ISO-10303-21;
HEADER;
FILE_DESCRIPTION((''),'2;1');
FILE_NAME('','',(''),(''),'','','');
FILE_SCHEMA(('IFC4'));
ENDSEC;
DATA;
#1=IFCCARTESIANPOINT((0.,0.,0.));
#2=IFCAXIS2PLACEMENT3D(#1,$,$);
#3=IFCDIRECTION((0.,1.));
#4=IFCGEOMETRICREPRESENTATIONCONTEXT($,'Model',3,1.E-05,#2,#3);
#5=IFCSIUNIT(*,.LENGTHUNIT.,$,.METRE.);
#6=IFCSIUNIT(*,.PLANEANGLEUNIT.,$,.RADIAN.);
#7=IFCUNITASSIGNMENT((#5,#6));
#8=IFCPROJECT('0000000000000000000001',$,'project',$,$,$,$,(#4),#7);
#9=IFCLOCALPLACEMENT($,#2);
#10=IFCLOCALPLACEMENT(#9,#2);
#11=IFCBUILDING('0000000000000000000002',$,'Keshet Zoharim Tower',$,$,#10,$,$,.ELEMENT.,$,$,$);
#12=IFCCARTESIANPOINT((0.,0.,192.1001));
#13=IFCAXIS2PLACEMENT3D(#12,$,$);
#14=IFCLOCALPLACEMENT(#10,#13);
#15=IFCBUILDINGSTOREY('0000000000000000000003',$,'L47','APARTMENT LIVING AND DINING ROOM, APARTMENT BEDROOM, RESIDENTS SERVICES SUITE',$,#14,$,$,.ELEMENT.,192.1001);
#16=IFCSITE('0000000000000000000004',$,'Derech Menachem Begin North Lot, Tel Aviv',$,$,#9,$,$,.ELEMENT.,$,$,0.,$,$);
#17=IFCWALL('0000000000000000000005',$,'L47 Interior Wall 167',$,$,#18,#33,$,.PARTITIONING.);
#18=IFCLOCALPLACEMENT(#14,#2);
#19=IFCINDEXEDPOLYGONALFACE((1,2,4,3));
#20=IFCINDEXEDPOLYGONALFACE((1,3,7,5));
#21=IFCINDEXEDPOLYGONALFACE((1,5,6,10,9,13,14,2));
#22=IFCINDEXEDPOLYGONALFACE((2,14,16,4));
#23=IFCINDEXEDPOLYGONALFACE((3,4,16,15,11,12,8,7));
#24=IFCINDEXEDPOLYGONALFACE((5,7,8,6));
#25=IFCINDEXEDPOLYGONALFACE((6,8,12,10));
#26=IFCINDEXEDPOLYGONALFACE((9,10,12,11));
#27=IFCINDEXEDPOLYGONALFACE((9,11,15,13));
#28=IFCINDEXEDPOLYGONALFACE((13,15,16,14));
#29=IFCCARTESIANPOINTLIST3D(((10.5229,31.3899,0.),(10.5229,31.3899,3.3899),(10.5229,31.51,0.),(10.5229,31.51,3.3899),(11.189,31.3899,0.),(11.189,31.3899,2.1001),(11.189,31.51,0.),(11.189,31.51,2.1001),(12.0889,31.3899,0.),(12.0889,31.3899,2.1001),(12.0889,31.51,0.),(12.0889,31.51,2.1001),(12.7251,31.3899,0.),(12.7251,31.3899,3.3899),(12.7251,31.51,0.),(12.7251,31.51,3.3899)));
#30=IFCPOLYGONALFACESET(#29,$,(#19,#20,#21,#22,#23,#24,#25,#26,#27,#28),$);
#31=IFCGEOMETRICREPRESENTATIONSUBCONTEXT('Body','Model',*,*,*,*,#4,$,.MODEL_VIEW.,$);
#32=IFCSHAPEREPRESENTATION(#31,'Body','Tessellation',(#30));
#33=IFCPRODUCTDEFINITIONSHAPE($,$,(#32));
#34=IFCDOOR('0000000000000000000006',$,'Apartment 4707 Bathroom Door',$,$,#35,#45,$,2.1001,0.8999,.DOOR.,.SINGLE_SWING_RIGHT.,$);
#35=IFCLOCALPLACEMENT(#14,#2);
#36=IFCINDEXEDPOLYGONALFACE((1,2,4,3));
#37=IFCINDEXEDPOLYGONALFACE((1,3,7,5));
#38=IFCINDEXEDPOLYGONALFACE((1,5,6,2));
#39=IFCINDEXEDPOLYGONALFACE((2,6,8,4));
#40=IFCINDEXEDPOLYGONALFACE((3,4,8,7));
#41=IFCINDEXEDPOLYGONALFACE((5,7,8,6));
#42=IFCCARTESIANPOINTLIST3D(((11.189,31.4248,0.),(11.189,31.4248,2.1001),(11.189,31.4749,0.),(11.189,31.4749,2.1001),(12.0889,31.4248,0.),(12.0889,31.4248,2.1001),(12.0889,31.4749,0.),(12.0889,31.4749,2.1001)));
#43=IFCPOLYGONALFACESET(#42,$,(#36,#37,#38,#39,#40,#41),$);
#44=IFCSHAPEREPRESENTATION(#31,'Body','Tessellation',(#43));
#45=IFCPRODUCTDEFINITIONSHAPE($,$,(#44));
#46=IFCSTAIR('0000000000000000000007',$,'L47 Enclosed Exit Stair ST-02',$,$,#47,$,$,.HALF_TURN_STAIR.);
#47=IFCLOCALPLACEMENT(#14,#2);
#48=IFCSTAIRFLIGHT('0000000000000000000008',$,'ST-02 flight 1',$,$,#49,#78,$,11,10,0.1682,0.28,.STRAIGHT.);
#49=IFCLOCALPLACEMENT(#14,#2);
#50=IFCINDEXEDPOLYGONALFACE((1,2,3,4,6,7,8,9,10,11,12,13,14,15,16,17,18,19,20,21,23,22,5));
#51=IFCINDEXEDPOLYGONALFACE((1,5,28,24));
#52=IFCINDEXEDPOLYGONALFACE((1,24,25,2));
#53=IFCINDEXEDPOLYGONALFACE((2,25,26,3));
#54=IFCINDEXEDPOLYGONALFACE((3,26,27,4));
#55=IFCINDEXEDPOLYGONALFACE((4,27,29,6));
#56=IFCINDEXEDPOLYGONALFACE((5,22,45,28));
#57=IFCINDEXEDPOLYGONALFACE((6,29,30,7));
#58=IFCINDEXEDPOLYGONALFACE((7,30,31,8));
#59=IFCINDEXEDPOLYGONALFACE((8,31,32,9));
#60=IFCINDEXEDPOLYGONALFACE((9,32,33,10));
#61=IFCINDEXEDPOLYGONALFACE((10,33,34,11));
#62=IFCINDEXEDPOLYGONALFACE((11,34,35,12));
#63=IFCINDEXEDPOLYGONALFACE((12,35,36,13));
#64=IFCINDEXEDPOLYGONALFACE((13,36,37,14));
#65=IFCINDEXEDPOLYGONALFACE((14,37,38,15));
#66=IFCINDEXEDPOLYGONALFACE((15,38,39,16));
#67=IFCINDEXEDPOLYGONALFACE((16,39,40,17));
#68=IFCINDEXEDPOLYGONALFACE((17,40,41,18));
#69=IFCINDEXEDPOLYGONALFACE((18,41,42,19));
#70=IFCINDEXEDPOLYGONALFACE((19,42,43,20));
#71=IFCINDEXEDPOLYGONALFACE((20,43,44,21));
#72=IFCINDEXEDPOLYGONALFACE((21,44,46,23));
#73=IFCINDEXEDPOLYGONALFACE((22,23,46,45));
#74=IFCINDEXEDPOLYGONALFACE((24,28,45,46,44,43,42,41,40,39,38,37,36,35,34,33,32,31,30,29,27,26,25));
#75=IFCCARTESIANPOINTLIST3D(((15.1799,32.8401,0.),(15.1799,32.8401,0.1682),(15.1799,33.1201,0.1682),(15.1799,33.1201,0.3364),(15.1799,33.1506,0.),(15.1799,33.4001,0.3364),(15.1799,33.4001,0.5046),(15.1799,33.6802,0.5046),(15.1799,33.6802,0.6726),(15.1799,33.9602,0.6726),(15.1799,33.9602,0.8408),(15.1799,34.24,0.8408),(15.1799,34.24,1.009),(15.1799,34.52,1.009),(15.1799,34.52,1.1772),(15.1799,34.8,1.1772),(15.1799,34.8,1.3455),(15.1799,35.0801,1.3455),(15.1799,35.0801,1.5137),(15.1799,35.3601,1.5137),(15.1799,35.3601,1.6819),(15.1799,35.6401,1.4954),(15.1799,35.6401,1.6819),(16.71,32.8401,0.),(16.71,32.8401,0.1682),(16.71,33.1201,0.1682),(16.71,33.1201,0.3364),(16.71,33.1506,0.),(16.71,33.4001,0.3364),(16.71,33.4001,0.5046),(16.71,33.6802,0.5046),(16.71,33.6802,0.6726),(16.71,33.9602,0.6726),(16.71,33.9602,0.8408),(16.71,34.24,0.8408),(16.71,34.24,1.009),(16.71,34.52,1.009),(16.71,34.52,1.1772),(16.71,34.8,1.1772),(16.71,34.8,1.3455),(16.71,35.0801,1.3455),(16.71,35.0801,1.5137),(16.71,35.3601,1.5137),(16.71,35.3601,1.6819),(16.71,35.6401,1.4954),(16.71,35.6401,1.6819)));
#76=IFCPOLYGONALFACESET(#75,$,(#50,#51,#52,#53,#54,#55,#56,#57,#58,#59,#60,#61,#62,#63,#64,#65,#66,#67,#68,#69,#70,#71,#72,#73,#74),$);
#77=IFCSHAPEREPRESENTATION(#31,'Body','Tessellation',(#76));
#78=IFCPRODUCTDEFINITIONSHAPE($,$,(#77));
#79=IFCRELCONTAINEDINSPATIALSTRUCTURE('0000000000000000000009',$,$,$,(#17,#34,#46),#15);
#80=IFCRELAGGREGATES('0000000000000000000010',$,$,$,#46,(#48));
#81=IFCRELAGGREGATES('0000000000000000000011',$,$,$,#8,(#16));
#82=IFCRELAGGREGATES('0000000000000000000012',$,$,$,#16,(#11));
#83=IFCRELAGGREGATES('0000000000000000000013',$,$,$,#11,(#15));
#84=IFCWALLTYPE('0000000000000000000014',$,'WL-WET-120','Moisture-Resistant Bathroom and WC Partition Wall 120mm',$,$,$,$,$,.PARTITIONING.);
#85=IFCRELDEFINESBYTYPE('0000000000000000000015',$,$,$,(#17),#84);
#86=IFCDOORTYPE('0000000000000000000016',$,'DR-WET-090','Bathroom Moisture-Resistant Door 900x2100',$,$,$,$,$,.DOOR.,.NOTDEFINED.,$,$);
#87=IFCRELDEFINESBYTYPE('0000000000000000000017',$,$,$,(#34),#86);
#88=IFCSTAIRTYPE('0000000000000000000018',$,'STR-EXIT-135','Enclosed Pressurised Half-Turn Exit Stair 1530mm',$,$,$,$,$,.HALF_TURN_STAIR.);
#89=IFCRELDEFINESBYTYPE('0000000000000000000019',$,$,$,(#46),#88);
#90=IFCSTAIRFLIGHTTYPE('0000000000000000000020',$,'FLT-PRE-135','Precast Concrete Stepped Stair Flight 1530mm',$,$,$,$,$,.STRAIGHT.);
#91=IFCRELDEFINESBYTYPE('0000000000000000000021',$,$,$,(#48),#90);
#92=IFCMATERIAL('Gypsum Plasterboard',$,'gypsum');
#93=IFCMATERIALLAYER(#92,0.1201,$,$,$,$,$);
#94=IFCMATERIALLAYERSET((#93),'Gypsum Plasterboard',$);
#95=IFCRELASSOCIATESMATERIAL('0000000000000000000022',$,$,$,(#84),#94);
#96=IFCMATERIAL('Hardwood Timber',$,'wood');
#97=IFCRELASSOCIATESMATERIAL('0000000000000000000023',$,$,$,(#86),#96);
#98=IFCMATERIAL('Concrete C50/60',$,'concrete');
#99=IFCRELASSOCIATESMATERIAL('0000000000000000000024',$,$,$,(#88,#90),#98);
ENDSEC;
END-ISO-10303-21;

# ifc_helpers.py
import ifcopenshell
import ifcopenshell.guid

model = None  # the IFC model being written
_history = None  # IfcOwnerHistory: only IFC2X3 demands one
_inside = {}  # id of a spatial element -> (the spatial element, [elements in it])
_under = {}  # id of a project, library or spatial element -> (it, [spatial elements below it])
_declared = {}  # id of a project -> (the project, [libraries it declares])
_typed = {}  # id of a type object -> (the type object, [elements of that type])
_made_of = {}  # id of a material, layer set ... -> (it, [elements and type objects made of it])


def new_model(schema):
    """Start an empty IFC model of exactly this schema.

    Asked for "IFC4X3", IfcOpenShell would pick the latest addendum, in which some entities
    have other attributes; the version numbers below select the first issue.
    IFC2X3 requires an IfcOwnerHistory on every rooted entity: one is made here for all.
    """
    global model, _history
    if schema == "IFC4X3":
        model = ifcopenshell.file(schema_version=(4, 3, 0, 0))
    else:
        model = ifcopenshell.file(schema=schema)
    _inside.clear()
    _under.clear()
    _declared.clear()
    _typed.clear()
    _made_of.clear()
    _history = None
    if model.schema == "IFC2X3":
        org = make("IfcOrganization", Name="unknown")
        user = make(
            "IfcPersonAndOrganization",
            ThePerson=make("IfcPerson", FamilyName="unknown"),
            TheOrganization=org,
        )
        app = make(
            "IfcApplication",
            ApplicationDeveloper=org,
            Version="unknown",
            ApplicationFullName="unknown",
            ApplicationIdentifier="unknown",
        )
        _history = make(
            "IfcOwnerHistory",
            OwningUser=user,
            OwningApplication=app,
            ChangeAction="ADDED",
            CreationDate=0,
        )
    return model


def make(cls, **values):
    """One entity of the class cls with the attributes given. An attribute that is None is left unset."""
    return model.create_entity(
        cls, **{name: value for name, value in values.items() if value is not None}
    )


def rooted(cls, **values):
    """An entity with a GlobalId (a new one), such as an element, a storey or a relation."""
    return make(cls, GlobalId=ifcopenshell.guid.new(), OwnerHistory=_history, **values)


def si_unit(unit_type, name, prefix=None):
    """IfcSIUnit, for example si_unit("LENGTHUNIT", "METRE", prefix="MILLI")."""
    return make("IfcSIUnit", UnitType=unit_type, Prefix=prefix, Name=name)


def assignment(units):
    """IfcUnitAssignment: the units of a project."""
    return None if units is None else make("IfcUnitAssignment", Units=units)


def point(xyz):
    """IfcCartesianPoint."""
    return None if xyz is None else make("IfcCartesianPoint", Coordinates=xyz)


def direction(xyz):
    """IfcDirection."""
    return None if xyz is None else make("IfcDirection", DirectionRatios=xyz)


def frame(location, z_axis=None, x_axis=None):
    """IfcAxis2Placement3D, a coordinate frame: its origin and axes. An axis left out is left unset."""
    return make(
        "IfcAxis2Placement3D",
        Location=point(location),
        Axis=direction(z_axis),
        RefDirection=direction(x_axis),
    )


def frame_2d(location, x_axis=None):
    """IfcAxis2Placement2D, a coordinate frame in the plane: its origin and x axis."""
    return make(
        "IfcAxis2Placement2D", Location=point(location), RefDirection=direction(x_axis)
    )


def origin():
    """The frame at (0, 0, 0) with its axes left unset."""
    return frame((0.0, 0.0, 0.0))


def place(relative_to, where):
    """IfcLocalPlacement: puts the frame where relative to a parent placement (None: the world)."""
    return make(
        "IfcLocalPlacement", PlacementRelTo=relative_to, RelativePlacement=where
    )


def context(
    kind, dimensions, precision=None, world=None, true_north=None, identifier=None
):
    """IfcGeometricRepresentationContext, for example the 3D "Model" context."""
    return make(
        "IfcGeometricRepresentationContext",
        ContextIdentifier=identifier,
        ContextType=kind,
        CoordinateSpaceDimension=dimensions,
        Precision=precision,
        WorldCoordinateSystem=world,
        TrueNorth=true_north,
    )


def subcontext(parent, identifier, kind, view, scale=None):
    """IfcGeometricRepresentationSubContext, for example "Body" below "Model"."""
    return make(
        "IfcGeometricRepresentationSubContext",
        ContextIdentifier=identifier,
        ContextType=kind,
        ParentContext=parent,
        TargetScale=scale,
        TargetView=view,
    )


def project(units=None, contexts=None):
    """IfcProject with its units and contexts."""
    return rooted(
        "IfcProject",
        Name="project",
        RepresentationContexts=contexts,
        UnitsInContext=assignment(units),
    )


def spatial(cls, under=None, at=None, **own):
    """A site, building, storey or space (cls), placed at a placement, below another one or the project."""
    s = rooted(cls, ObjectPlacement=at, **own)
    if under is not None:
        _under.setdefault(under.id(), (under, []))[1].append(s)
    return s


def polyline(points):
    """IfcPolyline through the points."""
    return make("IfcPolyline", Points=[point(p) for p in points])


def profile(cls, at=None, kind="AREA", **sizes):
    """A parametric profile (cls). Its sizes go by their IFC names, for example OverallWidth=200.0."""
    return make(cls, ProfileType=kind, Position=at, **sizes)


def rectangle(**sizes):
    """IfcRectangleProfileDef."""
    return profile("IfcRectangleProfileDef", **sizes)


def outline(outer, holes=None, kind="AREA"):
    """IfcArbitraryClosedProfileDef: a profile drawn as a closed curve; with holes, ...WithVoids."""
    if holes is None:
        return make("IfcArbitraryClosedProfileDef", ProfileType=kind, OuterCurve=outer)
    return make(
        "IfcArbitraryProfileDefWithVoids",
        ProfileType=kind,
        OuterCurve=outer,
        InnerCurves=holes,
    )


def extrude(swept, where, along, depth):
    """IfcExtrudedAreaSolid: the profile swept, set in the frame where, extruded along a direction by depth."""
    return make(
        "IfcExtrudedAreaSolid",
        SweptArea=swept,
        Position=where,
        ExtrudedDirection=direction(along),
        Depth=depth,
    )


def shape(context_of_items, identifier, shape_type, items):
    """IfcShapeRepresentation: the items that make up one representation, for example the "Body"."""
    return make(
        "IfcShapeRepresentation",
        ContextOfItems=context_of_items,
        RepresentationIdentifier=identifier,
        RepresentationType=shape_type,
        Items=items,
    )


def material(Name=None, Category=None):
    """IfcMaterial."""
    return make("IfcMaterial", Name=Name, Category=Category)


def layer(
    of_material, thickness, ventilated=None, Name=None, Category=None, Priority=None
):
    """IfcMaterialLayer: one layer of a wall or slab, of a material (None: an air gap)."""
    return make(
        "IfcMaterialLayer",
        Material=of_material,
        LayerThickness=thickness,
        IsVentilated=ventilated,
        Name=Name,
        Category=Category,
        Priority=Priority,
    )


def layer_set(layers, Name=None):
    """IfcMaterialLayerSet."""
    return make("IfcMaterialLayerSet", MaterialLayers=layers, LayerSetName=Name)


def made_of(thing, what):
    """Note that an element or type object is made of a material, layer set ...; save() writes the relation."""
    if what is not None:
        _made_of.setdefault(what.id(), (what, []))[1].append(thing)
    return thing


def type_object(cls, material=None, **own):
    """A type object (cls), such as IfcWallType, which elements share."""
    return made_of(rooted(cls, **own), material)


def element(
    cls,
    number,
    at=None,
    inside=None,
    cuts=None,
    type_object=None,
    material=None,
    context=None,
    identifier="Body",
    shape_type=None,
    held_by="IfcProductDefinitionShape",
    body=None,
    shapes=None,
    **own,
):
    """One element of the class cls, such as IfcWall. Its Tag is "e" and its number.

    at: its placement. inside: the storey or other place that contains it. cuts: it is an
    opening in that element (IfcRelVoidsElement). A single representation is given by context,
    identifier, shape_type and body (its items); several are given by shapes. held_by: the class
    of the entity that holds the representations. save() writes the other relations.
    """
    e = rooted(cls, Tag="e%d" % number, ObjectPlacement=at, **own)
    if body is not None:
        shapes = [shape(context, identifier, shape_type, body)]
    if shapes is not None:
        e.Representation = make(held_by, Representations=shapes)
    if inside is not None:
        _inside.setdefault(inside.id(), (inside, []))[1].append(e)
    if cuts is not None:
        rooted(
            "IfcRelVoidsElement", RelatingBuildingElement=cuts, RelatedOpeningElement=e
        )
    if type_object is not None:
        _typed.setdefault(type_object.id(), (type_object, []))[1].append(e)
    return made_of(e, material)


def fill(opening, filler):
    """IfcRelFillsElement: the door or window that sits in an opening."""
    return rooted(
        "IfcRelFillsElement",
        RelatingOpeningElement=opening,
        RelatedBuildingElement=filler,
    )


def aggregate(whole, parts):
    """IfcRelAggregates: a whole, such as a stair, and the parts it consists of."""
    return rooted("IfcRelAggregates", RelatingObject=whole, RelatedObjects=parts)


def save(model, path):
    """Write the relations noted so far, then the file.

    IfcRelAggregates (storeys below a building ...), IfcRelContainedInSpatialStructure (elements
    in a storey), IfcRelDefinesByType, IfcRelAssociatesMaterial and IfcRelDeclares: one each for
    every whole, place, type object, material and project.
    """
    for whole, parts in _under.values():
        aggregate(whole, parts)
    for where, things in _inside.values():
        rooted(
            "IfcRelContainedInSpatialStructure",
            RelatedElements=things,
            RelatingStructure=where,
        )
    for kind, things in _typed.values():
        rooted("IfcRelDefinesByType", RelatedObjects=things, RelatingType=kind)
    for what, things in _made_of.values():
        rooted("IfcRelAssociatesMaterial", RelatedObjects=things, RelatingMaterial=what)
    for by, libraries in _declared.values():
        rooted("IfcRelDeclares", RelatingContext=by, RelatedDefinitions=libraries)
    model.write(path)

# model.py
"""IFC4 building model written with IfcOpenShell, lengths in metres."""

from ifc_helpers import new_model, si_unit, direction, frame, frame_2d, origin, place, context, subcontext, project, spatial, polyline, rectangle, outline, extrude, material, layer, layer_set, type_object, element, fill, aggregate, save


model = new_model("IFC4")

# Units and contexts
model_context = context("Model", 3, precision=1e-05, world=origin(), true_north=direction((0.0, 1.0)))
body_context = subcontext(model_context, "Body", "Model", "MODEL_VIEW")
ifc_project = project(units=[si_unit("LENGTHUNIT", "METRE"), si_unit("PLANEANGLEUNIT", "RADIAN")], contexts=[model_context])

# Site, building, storey
site_placement = place(None, origin())
site = spatial("IfcSite", under=ifc_project, at=site_placement, Name="Derech Menachem Begin North Lot, Tel Aviv", CompositionType="ELEMENT", RefElevation=0.0)
building_placement = place(site_placement, origin())
building = spatial("IfcBuilding", under=site, at=building_placement, Name="Keshet Zoharim Tower", CompositionType="ELEMENT")
storey_placement = place(building_placement, frame((0.0, 0.0, 192.1001)))
storey = spatial("IfcBuildingStorey", under=building, at=storey_placement, Name="L47", Description="APARTMENT LIVING AND DINING ROOM, APARTMENT BEDROOM, RESIDENTS SERVICES SUITE", CompositionType="ELEMENT", Elevation=192.1001)

# Shared definitions
ifc_material_1 = material(Name="Hardwood Timber", Category="wood")

# Shared definitions
ifc_material_2 = material(Name="Gypsum Plasterboard", Category="gypsum")

# Shared definitions
ifc_layer_1 = layer(ifc_material_2, 0.1201)
ifc_layer_set_1 = layer_set([ifc_layer_1], Name="Gypsum Plasterboard")
wall_type_1 = type_object("IfcWallType", Name="WL-WET-120", Description="Moisture-Resistant Bathroom and WC Partition Wall 120mm", PredefinedType="PARTITIONING", material=ifc_layer_set_1)

# Wall, opening, door
wall_1_placement = place(storey_placement, frame((10.5229, 31.45, 0.0), z_axis=(0.0, 0.0, 1.0), x_axis=(1.0, 0.0, 0.0)))
wall_1 = element("IfcWall", 1, at=wall_1_placement, inside=storey, type_object=wall_type_1, Name="L47 Interior Wall 167", PredefinedType="PARTITIONING", context=body_context, shape_type="SweptSolid", body=[
    extrude(rectangle(XDim=2.2021, YDim=0.1201, at=frame_2d((1.1011, 0.0))), origin(), (0.0, 0.0, 1.0), 3.3899),
])
opening_1_placement = place(wall_1_placement, frame((0.666, 0.0, 0.0)))
opening_1 = element("IfcOpeningElement", 2, at=opening_1_placement, cuts=wall_1, PredefinedType="OPENING", context=body_context, shape_type="SweptSolid", body=[
    extrude(rectangle(XDim=0.8999, YDim=2.1001, at=frame_2d((0.45, 1.05))), frame((0.0, 0.0701, 0.0), z_axis=(0.0, -1.0, 0.0), x_axis=(1.0, 0.0, 0.0)), (0.0, 0.0, 1.0), 0.1401),
])
door_type_1 = type_object("IfcDoorType", Name="DR-WET-090", Description="Bathroom Moisture-Resistant Door 900x2100", OperationType="NOTDEFINED", PredefinedType="DOOR", material=ifc_material_1)
door_1_placement = place(opening_1_placement, origin())
door_1 = element("IfcDoor", 3, at=door_1_placement, inside=storey, type_object=door_type_1, Name="Apartment 4707 Bathroom Door", OperationType="SINGLE_SWING_RIGHT", OverallHeight=2.1001, OverallWidth=0.8999, PredefinedType="DOOR", context=body_context, shape_type="SweptSolid", body=[
    extrude(rectangle(XDim=0.8999, YDim=2.1001, at=frame_2d((0.45, 1.05))), frame((0.0, 0.0249, 0.0), z_axis=(0.0, -1.0, 0.0), x_axis=(1.0, 0.0, 0.0)), (0.0, 0.0, 1.0), 0.05),
])
fill(opening_1, door_1)

# Stair, stair flight
ifc_material_3 = material(Name="Concrete C50/60", Category="concrete")
stair_type = type_object("IfcStairType", Name="STR-EXIT-135", Description="Enclosed Pressurised Half-Turn Exit Stair 1530mm", PredefinedType="HALF_TURN_STAIR", material=ifc_material_3)
stair_placement = place(storey_placement, origin())
stair = element("IfcStair", 4, at=stair_placement, inside=storey, type_object=stair_type, Name="L47 Enclosed Exit Stair ST-02", PredefinedType="HALF_TURN_STAIR")
stair_flight_type = type_object("IfcStairFlightType", Name="FLT-PRE-135", Description="Precast Concrete Stepped Stair Flight 1530mm", PredefinedType="STRAIGHT", material=ifc_material_3)
stair_flight_placement = place(storey_placement, frame((15.9451, 32.8401, 0.0), z_axis=(0.0, 0.0, 1.0), x_axis=(0.0, 1.0, 0.0)))
stair_flight = element("IfcStairFlight", 5, at=stair_flight_placement, type_object=stair_flight_type, Name="ST-02 flight 1", NumberOfRisers=11, NumberOfTreads=10, PredefinedType="STRAIGHT", RiserHeight=0.1682, TreadLength=0.28, context=body_context, shape_type="SweptSolid", body=[
    extrude(outline(polyline([(0.0, 0.0), (0.0, 0.1682), (0.28, 0.1682), (0.28, 0.3364), (0.5601, 0.3364), (0.5601, 0.5046), (0.8401, 0.5046), (0.8401, 0.6726), (1.1201, 0.6726), (1.1201, 0.8408), (1.3999, 0.8408), (1.3999, 1.009), (1.6799, 1.009), (1.6799, 1.1772), (1.96, 1.1772), (1.96, 1.3455), (2.24, 1.3455), (2.24, 1.5137), (2.52, 1.5137), (2.52, 1.6819), (2.8, 1.6819), (2.8, 1.8501), (2.8, 1.4954), (0.3105, 0.0), (0.0, 0.0)])), frame((0.0, 0.7651, 0.0), z_axis=(0.0, -1.0, 0.0), x_axis=(1.0, 0.0, 0.0)), (0.0, 0.0, 1.0), 1.53),
])
aggregate(stair, [stair_flight])

save(model, "model.ifc")
